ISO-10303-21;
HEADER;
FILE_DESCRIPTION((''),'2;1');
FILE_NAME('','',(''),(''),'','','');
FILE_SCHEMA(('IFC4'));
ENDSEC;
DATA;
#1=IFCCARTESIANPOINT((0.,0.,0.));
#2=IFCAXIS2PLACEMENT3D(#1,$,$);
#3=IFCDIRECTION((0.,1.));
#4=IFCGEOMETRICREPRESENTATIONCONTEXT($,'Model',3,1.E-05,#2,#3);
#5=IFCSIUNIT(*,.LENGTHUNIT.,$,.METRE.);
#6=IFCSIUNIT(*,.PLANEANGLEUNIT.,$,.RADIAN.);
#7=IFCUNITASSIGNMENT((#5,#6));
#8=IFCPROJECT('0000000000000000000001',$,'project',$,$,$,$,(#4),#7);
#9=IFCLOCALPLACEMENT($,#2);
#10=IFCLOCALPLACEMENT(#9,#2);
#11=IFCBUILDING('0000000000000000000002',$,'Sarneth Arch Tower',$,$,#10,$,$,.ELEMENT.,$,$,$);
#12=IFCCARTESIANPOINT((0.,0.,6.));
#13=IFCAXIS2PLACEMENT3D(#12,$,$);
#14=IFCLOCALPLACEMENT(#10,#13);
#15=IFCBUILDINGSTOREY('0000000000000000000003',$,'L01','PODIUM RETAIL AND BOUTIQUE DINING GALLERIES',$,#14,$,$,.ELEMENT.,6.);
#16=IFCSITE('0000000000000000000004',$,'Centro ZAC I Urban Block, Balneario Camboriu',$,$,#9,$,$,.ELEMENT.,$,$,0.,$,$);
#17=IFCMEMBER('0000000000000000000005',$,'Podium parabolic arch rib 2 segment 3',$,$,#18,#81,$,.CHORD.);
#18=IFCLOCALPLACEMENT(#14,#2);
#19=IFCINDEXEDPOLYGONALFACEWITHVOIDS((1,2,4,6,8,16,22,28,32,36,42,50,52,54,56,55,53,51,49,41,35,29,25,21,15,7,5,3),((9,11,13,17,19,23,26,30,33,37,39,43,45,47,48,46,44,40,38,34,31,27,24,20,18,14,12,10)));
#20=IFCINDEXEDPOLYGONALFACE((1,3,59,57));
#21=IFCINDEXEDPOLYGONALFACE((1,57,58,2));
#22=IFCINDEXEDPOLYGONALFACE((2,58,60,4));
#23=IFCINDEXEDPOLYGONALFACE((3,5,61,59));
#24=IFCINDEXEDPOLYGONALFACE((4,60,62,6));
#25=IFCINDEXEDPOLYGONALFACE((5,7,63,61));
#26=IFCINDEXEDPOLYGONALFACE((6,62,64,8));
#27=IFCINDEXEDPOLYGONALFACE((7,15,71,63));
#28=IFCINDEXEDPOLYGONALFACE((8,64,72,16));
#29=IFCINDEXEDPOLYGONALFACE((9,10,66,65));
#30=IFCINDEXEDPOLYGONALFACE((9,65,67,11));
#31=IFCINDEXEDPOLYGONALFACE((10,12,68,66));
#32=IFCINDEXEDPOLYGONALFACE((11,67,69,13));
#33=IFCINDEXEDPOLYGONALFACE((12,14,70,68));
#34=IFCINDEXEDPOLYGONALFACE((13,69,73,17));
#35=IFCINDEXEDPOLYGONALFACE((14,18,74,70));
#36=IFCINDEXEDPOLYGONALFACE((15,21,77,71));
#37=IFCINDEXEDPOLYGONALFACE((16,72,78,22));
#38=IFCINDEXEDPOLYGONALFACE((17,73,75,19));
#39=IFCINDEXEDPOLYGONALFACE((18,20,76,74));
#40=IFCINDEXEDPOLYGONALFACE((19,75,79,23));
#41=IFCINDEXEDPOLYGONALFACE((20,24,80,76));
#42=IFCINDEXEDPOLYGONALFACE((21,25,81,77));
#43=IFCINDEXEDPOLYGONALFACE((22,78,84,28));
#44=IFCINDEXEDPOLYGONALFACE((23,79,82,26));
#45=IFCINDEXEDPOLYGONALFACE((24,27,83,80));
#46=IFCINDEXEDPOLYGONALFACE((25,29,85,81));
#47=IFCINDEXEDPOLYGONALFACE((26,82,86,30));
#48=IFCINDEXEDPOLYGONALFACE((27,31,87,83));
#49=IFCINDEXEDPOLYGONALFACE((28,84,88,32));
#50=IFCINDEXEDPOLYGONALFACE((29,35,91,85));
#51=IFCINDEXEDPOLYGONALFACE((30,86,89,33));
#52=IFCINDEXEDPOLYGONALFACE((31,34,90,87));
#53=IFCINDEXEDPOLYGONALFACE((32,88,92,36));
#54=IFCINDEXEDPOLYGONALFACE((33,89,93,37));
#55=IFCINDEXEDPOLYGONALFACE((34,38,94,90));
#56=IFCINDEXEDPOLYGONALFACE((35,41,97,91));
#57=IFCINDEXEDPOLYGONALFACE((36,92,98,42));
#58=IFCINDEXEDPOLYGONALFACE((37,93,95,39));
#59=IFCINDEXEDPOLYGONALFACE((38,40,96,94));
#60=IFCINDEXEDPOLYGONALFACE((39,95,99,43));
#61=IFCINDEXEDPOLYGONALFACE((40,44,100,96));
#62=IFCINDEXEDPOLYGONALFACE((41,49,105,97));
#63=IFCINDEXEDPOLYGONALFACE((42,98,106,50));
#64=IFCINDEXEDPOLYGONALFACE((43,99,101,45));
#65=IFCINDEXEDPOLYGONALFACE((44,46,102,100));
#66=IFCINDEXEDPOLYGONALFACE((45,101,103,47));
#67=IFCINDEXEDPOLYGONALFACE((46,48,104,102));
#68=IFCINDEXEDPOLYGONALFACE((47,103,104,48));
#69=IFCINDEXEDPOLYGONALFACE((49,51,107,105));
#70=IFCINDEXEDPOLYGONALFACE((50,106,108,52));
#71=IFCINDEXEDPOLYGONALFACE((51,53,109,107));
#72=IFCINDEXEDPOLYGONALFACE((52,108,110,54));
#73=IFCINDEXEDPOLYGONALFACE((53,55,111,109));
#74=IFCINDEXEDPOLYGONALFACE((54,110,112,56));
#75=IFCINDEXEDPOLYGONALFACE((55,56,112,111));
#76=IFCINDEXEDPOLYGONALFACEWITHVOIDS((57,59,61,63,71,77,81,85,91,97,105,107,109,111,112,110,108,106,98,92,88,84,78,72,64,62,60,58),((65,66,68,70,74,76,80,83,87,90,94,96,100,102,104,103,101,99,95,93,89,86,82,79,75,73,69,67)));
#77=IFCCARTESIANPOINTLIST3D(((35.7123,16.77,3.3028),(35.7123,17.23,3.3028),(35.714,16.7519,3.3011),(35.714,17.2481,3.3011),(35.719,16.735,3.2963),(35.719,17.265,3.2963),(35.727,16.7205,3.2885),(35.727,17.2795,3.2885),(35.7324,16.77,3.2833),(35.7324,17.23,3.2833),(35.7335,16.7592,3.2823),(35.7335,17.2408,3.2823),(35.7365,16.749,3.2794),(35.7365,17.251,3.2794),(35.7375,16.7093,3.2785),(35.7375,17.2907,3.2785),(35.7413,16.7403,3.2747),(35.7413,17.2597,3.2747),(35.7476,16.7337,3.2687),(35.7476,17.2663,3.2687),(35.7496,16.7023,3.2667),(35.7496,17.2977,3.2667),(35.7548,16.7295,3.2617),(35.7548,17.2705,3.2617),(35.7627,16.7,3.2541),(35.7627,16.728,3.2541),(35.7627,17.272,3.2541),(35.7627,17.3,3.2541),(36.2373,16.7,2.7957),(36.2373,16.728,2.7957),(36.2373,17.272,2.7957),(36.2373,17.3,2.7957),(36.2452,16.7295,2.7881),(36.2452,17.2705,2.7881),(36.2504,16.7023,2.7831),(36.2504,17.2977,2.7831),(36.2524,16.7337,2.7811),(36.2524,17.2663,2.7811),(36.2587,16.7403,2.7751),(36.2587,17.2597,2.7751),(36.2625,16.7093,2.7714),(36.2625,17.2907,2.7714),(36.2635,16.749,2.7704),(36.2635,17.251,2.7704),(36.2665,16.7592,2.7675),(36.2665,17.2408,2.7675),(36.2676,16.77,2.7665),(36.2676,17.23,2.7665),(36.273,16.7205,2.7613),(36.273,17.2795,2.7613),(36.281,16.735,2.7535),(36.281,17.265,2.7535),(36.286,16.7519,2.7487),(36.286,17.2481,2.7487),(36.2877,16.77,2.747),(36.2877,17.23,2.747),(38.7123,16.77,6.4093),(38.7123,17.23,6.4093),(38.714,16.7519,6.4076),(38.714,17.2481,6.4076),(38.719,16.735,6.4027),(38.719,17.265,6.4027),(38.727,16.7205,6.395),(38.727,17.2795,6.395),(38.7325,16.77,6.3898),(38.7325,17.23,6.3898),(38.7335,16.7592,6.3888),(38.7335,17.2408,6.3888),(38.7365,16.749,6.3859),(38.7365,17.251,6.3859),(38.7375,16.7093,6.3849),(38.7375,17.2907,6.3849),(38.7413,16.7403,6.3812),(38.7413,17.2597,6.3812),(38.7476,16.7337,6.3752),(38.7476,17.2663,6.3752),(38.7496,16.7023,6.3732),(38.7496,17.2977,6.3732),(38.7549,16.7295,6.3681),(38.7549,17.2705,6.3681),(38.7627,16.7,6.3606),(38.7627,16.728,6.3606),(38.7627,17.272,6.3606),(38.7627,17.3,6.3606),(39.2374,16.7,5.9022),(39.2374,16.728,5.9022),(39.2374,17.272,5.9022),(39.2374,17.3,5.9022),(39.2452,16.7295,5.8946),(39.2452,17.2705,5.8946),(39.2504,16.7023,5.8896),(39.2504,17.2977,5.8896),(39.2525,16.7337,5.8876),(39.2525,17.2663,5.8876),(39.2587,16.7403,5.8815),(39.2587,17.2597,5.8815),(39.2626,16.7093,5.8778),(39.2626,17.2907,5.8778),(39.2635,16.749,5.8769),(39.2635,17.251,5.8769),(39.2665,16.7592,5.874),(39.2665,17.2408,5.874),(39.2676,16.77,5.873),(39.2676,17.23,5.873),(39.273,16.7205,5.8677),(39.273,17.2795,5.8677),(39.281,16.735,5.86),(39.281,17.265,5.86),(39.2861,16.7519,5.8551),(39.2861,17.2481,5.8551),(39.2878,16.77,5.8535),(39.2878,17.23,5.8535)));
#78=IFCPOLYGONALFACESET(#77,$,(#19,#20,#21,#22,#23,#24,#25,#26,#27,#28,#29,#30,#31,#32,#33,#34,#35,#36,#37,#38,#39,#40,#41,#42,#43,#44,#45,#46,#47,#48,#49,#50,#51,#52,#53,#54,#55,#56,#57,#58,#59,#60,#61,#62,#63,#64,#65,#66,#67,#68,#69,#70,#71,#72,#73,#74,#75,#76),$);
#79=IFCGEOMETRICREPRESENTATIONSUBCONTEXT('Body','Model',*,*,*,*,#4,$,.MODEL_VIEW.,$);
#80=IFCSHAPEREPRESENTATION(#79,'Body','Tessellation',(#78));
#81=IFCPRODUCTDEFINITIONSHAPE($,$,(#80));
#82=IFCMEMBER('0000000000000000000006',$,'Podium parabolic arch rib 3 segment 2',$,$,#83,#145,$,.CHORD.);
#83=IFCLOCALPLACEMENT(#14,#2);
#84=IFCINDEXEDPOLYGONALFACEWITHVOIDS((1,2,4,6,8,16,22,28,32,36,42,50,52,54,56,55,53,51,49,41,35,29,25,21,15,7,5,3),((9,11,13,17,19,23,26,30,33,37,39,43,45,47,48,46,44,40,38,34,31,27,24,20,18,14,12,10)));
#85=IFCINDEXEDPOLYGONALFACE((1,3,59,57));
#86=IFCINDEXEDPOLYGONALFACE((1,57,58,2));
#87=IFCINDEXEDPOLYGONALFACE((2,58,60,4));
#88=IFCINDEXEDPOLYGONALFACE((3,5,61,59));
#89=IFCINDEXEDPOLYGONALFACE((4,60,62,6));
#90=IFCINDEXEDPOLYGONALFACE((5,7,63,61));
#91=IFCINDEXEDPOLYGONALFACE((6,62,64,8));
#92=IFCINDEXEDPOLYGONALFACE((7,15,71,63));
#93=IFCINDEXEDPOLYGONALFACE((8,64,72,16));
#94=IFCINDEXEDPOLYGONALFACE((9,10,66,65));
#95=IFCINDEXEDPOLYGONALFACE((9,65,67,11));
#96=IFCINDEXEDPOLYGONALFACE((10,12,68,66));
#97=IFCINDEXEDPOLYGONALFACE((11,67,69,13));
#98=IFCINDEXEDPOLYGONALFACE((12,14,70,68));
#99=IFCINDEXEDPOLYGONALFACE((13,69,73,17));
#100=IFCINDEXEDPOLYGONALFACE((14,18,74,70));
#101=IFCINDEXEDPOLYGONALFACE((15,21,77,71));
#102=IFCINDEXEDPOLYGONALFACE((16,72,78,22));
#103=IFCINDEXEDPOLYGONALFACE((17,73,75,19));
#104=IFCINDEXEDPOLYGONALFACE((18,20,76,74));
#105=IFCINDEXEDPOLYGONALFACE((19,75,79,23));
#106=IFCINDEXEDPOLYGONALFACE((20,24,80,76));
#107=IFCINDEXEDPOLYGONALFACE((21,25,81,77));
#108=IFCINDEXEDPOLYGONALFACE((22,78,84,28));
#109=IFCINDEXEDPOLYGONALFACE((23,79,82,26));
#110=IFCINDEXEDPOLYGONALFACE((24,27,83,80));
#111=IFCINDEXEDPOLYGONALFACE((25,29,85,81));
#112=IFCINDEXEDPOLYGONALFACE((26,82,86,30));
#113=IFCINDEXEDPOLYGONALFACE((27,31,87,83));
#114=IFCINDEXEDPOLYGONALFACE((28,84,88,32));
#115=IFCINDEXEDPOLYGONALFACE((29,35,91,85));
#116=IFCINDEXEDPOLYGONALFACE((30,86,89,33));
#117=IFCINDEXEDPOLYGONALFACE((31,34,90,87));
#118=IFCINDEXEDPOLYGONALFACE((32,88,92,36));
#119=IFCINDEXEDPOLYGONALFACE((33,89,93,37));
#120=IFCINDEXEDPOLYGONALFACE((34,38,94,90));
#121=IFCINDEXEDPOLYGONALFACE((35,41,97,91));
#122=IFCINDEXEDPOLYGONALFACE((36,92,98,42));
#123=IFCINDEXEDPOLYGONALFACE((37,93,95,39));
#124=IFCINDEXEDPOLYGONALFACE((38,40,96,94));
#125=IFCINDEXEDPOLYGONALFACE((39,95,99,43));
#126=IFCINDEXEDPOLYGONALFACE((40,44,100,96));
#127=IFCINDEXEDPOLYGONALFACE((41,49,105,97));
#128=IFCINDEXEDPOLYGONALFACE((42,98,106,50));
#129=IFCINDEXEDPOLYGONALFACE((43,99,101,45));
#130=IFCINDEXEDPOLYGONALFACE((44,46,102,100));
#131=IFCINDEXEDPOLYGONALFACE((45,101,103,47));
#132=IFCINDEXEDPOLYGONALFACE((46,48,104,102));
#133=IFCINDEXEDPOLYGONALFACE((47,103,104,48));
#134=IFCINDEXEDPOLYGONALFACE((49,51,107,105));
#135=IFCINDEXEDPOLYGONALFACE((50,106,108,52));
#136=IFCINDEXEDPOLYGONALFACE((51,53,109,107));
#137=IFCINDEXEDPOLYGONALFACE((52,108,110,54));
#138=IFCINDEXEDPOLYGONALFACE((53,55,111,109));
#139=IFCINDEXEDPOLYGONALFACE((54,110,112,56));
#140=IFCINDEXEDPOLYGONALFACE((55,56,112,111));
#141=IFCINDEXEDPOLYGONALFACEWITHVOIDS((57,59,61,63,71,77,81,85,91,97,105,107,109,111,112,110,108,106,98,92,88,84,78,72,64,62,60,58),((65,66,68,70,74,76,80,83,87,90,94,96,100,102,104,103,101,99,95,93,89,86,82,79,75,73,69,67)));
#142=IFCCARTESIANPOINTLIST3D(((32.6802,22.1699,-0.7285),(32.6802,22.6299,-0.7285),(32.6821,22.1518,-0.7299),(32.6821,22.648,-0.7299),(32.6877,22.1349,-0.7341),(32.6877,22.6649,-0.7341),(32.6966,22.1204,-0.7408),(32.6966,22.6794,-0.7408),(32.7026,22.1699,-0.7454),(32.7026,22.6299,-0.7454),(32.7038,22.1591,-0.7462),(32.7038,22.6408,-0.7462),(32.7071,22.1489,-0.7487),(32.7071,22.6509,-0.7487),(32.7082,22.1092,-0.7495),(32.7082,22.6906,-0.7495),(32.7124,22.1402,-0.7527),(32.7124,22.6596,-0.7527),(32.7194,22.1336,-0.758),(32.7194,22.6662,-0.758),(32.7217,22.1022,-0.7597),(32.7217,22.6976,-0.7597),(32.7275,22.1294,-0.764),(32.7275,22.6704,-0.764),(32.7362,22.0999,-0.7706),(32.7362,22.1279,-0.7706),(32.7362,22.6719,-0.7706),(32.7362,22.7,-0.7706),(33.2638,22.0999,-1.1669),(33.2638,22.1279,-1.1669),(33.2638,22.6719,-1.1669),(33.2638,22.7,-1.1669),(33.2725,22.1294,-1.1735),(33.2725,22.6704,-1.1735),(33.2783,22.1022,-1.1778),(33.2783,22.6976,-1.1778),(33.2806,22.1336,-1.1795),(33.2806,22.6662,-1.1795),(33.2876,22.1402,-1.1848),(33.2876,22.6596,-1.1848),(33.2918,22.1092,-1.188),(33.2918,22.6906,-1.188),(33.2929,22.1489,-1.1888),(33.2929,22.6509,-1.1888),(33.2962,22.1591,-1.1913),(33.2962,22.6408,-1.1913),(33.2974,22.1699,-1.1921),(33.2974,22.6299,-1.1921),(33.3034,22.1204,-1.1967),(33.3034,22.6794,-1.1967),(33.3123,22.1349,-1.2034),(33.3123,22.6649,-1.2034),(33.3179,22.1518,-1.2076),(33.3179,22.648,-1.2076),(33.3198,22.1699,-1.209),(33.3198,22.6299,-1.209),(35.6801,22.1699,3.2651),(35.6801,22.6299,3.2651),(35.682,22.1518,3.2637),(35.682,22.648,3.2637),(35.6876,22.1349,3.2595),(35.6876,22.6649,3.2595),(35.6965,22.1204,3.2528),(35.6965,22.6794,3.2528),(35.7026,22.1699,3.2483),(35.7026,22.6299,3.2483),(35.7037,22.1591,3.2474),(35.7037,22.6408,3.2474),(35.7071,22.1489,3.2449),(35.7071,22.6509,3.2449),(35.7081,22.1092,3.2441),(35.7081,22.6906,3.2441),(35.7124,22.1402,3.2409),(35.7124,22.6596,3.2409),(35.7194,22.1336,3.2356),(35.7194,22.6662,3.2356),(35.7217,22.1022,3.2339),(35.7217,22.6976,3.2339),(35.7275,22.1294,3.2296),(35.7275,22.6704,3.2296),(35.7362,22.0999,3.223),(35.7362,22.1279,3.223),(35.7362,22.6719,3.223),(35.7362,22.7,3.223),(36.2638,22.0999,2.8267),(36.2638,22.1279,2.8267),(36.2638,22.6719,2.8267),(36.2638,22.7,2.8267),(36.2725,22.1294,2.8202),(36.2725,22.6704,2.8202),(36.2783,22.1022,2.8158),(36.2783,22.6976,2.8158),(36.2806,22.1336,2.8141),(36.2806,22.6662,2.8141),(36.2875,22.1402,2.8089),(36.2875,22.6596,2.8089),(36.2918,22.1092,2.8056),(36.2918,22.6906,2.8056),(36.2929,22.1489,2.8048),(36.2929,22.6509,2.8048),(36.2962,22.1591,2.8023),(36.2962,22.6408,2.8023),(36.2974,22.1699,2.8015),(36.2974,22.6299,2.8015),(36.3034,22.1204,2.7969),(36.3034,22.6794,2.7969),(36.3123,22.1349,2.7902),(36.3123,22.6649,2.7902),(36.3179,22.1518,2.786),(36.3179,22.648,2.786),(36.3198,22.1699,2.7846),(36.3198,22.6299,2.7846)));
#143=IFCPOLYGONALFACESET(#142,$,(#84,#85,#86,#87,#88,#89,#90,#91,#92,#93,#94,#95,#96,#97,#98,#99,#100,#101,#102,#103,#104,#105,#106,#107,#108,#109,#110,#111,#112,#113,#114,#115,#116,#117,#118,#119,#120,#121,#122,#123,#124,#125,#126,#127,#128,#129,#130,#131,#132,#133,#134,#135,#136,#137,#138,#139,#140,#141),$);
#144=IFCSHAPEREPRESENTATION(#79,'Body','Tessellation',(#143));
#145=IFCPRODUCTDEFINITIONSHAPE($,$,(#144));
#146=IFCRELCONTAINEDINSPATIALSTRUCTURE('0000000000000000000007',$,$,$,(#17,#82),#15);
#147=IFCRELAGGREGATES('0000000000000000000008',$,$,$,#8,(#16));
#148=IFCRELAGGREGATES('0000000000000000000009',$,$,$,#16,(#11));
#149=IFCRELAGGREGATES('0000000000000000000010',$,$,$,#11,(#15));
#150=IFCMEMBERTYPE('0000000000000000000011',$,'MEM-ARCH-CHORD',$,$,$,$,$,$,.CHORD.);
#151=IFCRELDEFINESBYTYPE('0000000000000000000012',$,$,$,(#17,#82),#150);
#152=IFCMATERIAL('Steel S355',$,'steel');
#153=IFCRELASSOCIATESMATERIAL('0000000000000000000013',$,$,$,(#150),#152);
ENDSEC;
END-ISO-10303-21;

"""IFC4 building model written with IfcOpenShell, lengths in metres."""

from ifc_helpers import new_model, si_unit, direction, frame, origin, origin_2d, place, context, subcontext, project, spatial, hollow_rectangle, extrude, material, material_profile, profile_set, type_object, element, save


model = new_model("IFC4")

# Units and contexts
model_context = context("Model", 3, precision=1e-05, world=origin(), true_north=direction((0.0, 1.0)))
body_context = subcontext(model_context, "Body", "Model", "MODEL_VIEW")
ifc_project = project(units=[si_unit("LENGTHUNIT", "METRE"), si_unit("PLANEANGLEUNIT", "RADIAN")], contexts=[model_context])

# Site, building, storey
site_placement = place(None, origin())
site = spatial("IfcSite", under=ifc_project, at=site_placement, Name="Centro ZAC I Urban Block, Balneario Camboriu", CompositionType="ELEMENT", RefElevation=0.0)
building_placement = place(site_placement, origin())
building = spatial("IfcBuilding", under=site, at=building_placement, Name="Sarneth Arch Tower", CompositionType="ELEMENT")
storey_placement = place(building_placement, frame((0.0, 0.0, 6.0)))
storey = spatial("IfcBuildingStorey", under=building, at=storey_placement, Name="L01", Description="PODIUM RETAIL AND BOUTIQUE DINING GALLERIES", CompositionType="ELEMENT", Elevation=6.0)

# Members
ifc_material_1 = material(Name="Steel S355", Category="steel")
ifc_material_profile_1 = material_profile(ifc_material_1, hollow_rectangle(XDim=0.6001, YDim=0.8, WallThickness=0.0281, InnerFilletRadius=0.042, OuterFilletRadius=0.0701, at=origin_2d()), Name="RHS800x600x28")
ifc_profile_set_1 = profile_set([ifc_material_profile_1], Name="Steel S355")
member_type_1 = type_object("IfcMemberType", Name="MEM-ARCH-CHORD", PredefinedType="CHORD", material=ifc_profile_set_1)
member_1_placement = place(storey_placement, frame((36.0, 17.0, 3.0249), z_axis=(0.694675, 0.0, 0.719324), x_axis=(0.0, 1.0, 0.0)))
element("IfcMember", 1, at=member_1_placement, inside=storey, type_object=member_type_1, Name="Podium parabolic arch rib 2 segment 3", PredefinedType="CHORD", context=body_context, shape_type="SweptSolid", body=[
    extrude(hollow_rectangle(XDim=0.6001, YDim=0.8, WallThickness=0.0281, InnerFilletRadius=0.042, OuterFilletRadius=0.0701, at=origin_2d()), origin(), (0.0, 0.0, 1.0), 4.3186),
])
member_2_placement = place(storey_placement, frame((33.0, 22.3999, -0.9688), z_axis=(0.60061, 0.0, 0.799542), x_axis=(0.0, 1.0, 0.0)))
element("IfcMember", 2, at=member_2_placement, inside=storey, type_object=member_type_1, Name="Podium parabolic arch rib 3 segment 2", PredefinedType="CHORD", context=body_context, shape_type="SweptSolid", body=[
    extrude(hollow_rectangle(XDim=0.6001, YDim=0.8, WallThickness=0.0281, InnerFilletRadius=0.042, OuterFilletRadius=0.0701, at=origin_2d()), origin(), (0.0, 0.0, 1.0), 4.9949),
])

save(model, "model.ifc")
